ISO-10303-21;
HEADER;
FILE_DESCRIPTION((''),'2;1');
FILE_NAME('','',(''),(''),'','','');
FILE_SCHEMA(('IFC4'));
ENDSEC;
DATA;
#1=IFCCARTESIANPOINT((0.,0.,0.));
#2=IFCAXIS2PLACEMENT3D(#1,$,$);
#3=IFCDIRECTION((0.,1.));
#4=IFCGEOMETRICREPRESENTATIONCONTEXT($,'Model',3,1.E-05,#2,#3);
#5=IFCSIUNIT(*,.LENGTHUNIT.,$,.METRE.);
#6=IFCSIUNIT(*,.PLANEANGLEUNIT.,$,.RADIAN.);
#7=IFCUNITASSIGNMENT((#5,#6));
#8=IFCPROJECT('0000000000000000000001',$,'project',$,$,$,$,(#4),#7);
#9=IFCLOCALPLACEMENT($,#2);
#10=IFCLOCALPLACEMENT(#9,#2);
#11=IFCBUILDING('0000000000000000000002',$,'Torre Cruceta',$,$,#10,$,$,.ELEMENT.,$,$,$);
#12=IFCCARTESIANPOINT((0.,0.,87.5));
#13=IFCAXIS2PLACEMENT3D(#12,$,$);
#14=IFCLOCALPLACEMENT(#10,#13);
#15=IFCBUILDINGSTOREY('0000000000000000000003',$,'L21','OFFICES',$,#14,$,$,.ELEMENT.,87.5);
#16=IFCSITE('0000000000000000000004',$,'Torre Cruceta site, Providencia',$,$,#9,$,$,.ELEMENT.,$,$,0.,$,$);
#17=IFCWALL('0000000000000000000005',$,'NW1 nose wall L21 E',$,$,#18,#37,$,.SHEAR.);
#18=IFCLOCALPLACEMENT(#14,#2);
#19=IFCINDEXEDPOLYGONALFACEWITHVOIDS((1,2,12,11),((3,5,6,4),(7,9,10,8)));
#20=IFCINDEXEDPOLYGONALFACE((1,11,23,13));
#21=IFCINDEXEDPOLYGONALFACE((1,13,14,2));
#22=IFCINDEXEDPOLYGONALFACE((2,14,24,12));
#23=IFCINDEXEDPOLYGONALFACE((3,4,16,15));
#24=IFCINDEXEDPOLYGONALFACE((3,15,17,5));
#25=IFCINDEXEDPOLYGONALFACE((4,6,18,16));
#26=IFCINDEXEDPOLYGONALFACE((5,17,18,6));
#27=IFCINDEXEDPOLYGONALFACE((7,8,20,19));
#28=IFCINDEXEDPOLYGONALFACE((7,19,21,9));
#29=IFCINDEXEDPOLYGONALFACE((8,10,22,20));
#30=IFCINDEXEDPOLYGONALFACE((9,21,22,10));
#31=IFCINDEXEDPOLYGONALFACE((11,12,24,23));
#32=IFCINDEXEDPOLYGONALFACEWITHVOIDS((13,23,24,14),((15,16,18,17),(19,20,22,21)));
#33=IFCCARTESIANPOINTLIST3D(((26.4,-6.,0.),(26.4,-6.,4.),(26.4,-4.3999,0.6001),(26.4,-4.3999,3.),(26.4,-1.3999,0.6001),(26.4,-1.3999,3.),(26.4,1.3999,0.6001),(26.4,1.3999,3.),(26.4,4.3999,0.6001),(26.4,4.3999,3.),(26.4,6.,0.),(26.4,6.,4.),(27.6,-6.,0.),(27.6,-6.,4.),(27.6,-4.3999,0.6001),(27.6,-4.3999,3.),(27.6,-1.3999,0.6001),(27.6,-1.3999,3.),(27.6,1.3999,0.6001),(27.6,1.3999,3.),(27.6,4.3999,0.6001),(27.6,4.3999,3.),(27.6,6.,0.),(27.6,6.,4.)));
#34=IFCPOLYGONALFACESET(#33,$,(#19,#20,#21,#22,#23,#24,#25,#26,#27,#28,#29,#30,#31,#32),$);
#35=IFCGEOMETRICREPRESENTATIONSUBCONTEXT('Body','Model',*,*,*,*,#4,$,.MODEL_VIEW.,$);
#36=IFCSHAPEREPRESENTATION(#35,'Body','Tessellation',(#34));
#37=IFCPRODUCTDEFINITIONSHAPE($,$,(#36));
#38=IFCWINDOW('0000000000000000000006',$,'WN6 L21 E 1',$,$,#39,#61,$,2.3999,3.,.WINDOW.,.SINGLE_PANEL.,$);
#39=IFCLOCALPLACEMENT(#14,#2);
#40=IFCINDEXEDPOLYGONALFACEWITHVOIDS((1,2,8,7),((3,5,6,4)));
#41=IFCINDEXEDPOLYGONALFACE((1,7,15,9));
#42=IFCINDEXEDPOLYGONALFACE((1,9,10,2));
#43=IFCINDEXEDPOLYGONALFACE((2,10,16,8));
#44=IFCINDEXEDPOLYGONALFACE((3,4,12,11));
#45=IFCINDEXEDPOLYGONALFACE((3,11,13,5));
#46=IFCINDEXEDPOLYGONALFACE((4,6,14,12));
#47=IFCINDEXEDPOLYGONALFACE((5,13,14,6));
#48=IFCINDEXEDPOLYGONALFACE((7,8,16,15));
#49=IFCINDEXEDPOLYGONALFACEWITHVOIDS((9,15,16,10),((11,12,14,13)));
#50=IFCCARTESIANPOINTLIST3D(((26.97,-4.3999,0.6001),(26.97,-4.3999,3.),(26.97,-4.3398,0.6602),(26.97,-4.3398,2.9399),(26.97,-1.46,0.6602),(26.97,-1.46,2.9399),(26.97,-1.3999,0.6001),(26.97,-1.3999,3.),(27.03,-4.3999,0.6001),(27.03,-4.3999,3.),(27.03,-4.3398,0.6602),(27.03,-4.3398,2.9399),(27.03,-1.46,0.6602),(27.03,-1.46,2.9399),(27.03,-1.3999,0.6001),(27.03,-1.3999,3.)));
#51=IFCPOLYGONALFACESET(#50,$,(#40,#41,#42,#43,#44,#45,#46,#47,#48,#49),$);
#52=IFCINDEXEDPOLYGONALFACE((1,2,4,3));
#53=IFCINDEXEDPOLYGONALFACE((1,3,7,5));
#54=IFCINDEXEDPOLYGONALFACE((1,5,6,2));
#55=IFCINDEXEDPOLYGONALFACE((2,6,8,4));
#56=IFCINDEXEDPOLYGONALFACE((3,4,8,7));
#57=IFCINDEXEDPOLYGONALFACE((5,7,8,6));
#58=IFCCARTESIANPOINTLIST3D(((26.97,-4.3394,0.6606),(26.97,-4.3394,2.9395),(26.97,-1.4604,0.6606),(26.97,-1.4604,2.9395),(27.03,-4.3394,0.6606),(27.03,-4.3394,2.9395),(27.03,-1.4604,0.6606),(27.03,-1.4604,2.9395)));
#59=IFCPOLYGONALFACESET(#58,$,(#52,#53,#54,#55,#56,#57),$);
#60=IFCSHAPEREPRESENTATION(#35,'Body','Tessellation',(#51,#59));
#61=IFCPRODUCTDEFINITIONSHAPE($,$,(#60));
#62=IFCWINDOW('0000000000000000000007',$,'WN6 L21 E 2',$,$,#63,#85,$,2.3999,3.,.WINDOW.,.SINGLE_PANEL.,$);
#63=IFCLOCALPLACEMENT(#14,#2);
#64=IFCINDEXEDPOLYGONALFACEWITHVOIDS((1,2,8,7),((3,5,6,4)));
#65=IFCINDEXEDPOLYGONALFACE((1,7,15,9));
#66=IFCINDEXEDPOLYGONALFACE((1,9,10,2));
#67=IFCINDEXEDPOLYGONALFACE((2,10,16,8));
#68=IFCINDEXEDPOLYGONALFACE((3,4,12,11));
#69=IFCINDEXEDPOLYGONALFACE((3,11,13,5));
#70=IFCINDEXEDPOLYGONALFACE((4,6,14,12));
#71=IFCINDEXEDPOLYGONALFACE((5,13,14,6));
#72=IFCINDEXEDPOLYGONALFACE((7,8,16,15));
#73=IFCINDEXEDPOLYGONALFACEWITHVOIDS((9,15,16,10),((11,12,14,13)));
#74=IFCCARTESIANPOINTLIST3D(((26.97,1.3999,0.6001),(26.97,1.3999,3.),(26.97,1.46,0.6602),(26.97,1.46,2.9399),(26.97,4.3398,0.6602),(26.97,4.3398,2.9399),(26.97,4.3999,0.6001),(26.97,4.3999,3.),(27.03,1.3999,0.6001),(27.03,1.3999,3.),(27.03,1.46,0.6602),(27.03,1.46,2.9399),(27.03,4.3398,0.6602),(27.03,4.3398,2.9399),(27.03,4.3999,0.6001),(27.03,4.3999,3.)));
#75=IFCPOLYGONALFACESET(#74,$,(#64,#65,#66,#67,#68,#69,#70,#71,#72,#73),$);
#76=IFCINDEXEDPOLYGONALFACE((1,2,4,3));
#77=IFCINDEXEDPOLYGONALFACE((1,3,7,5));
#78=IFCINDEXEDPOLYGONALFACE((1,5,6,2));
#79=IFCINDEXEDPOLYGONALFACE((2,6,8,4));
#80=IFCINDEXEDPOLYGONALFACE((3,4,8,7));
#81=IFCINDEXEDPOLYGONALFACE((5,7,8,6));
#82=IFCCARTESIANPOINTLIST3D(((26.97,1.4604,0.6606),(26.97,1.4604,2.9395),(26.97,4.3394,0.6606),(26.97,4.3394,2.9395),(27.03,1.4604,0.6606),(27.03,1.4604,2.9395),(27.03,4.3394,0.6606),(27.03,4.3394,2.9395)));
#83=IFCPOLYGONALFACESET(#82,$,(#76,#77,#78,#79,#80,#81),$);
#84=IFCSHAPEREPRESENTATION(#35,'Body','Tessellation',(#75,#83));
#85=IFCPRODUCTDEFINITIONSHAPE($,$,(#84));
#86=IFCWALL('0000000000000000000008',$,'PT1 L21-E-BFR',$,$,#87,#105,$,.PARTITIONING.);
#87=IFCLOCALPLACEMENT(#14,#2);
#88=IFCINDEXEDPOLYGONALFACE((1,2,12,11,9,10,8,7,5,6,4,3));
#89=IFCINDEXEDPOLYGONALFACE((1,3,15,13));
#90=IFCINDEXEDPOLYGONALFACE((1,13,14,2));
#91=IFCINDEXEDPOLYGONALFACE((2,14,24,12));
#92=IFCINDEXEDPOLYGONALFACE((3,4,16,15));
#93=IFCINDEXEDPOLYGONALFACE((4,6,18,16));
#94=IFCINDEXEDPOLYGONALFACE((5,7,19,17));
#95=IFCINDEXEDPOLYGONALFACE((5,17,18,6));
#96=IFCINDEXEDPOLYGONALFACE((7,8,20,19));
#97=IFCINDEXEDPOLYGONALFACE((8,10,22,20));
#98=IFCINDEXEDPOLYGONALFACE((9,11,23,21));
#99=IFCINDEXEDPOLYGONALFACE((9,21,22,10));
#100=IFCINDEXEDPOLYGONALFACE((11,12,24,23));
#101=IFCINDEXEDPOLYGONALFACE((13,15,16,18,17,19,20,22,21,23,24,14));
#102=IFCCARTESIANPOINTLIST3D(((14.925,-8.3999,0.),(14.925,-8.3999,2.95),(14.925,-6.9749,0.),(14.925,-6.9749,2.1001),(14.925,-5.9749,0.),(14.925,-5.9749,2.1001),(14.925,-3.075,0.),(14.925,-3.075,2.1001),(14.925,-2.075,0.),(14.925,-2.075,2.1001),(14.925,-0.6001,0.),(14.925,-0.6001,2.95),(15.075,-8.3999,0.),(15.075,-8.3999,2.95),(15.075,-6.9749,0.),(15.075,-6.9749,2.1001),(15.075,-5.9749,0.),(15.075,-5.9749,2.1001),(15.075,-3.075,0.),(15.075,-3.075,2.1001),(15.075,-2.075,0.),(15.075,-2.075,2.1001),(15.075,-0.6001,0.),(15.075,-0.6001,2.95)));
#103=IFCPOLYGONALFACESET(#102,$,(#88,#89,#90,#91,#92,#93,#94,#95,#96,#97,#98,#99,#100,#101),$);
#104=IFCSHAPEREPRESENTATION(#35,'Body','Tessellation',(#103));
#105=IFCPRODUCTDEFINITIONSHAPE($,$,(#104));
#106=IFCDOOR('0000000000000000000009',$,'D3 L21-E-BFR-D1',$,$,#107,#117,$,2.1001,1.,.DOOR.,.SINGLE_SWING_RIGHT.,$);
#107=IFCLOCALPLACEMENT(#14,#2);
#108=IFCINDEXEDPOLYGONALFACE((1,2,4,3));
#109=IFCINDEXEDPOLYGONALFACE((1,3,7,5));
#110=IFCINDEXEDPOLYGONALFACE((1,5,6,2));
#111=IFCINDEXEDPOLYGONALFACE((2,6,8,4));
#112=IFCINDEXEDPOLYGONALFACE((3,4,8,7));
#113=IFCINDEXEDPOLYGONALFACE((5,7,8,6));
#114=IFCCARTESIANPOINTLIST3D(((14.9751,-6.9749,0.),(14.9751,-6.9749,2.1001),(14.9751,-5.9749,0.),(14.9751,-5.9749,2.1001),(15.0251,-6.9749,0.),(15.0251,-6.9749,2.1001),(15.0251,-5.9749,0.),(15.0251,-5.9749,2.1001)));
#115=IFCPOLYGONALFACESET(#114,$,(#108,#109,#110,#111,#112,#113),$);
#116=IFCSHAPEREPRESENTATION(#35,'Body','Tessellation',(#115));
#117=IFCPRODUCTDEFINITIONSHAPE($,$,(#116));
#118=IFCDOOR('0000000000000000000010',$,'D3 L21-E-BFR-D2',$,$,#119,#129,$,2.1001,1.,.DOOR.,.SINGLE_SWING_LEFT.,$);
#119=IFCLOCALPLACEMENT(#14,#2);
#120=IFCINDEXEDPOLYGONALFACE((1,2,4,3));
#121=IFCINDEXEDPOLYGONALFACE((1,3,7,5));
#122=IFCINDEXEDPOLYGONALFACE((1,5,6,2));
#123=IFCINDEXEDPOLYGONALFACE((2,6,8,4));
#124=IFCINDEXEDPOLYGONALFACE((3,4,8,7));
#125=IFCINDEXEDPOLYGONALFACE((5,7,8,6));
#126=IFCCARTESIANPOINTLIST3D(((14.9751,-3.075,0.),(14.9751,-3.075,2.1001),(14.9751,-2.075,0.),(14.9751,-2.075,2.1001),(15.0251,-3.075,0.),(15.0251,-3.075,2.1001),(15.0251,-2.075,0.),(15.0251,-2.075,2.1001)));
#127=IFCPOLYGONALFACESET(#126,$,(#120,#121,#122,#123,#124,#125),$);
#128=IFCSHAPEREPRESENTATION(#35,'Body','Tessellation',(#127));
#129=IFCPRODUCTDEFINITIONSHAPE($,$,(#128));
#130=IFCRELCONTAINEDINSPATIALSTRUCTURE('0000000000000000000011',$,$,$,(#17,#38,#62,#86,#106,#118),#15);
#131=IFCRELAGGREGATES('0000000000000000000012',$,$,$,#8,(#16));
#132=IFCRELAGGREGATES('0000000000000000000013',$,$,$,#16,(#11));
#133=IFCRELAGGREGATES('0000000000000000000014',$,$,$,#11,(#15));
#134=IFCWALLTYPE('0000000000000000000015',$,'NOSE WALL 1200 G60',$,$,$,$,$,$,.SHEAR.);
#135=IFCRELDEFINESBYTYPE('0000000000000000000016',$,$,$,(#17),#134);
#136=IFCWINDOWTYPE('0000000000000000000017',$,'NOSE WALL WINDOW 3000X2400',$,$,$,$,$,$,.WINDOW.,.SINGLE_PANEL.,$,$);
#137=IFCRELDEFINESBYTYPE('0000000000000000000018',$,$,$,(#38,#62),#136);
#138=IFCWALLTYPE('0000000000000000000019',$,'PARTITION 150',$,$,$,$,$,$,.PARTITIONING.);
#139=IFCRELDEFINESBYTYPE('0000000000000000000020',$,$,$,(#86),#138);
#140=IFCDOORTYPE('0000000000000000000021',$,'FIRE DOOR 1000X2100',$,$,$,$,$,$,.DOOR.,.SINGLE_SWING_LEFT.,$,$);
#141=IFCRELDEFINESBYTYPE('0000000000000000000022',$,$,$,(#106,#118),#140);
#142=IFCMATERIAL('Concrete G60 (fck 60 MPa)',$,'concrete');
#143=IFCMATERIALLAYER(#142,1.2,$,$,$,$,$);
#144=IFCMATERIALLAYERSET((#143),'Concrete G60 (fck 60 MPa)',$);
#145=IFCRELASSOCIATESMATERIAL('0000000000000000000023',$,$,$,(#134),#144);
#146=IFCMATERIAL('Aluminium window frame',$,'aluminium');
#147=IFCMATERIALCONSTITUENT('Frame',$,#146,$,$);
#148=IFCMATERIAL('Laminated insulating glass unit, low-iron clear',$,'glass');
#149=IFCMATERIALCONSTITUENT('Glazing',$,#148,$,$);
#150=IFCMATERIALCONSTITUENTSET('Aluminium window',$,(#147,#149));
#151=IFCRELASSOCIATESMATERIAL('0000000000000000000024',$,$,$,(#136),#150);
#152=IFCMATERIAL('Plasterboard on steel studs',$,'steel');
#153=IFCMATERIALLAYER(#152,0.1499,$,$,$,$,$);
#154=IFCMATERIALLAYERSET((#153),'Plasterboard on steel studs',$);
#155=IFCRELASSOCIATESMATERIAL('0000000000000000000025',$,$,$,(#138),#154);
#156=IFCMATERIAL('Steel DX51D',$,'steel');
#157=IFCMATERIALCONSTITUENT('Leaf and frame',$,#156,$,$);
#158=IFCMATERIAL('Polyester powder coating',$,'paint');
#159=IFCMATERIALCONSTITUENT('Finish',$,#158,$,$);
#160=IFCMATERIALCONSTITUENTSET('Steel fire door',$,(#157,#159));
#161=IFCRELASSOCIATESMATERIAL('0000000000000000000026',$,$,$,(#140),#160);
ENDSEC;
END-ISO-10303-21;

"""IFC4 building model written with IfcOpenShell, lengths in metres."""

from ifc_helpers import new_model, si_unit, direction, frame, frame_2d, origin, place, context, subcontext, project, spatial, rectangle, hollow_rectangle, extrude, material, layer, layer_set, constituent, constituent_set, type_object, element, fill, save


model = new_model("IFC4")

# Units and contexts
model_context = context("Model", 3, precision=1e-05, world=origin(), true_north=direction((0.0, 1.0)))
body_context = subcontext(model_context, "Body", "Model", "MODEL_VIEW")
ifc_project = project(units=[si_unit("LENGTHUNIT", "METRE"), si_unit("PLANEANGLEUNIT", "RADIAN")], contexts=[model_context])

# Site, building, storey
site_placement = place(None, origin())
site = spatial("IfcSite", under=ifc_project, at=site_placement, Name="Torre Cruceta site, Providencia", CompositionType="ELEMENT", RefElevation=0.0)
building_placement = place(site_placement, origin())
building = spatial("IfcBuilding", under=site, at=building_placement, Name="Torre Cruceta", CompositionType="ELEMENT")
storey_placement = place(building_placement, frame((0.0, 0.0, 87.5)))
storey = spatial("IfcBuildingStorey", under=building, at=storey_placement, Name="L21", Description="OFFICES", CompositionType="ELEMENT", Elevation=87.5)

# Wall, openings, windows
ifc_material_1 = material(Name="Concrete G60 (fck 60 MPa)", Category="concrete")
ifc_layer_1 = layer(ifc_material_1, 1.2)
ifc_layer_set_1 = layer_set([ifc_layer_1], Name="Concrete G60 (fck 60 MPa)")
wall_type_1 = type_object("IfcWallType", Name="NOSE WALL 1200 G60", PredefinedType="SHEAR", material=ifc_layer_set_1)
wall_1_placement = place(storey_placement, frame((27.0, -6.0, 0.0), z_axis=(0.0, 0.0, 1.0), x_axis=(0.0, 1.0, 0.0)))
wall_1 = element("IfcWall", 1, at=wall_1_placement, inside=storey, type_object=wall_type_1, Name="NW1 nose wall L21 E", PredefinedType="SHEAR", context=body_context, shape_type="SweptSolid", body=[
    extrude(rectangle(XDim=12.0, YDim=1.2, at=frame_2d((6.0, 0.0))), origin(), (0.0, 0.0, 1.0), 4.0),
])
opening_1_placement = place(wall_1_placement, frame((1.6001, 0.0, 0.6001)))
opening_1 = element("IfcOpeningElement", 2, at=opening_1_placement, cuts=wall_1, PredefinedType="OPENING", context=body_context, shape_type="SweptSolid", body=[
    extrude(rectangle(XDim=3.0, YDim=2.3999, at=frame_2d((1.5, 1.2))), frame((0.0, 0.6099, 0.0), z_axis=(0.0, -1.0, 0.0), x_axis=(1.0, 0.0, 0.0)), (0.0, 0.0, 1.0), 1.22),
])
opening_2_placement = place(wall_1_placement, frame((7.3999, 0.0, 0.6001)))
opening_2 = element("IfcOpeningElement", 3, at=opening_2_placement, cuts=wall_1, PredefinedType="OPENING", context=body_context, shape_type="SweptSolid", body=[
    extrude(rectangle(XDim=3.0, YDim=2.3999, at=frame_2d((1.5, 1.2))), frame((0.0, 0.6099, 0.0), z_axis=(0.0, -1.0, 0.0), x_axis=(1.0, 0.0, 0.0)), (0.0, 0.0, 1.0), 1.22),
])
ifc_material_2 = material(Name="Aluminium window frame", Category="aluminium")
ifc_constituent_1 = constituent(ifc_material_2, Name="Frame")
ifc_material_3 = material(Name="Laminated insulating glass unit, low-iron clear", Category="glass")
ifc_constituent_2 = constituent(ifc_material_3, Name="Glazing")
ifc_constituent_set_1 = constituent_set(constituents=[ifc_constituent_1, ifc_constituent_2], Name="Aluminium window")
window_type = type_object("IfcWindowType", Name="NOSE WALL WINDOW 3000X2400", PartitioningType="SINGLE_PANEL", PredefinedType="WINDOW", material=ifc_constituent_set_1)
window_1_placement = place(opening_1_placement, origin())
window_1 = element("IfcWindow", 4, at=window_1_placement, inside=storey, type_object=window_type, Name="WN6 L21 E 1", OverallHeight=2.3999, OverallWidth=3.0, PartitioningType="SINGLE_PANEL", PredefinedType="WINDOW", context=body_context, shape_type="SweptSolid", body=[
    extrude(hollow_rectangle(XDim=3.0, YDim=2.3999, WallThickness=0.0601, at=frame_2d((1.5, 1.2))), frame((0.0, 0.03, 0.0), z_axis=(0.0, -1.0, 0.0), x_axis=(1.0, 0.0, 0.0)), (0.0, 0.0, 1.0), 0.0601),
    extrude(rectangle(XDim=2.8789, YDim=2.2788, at=frame_2d((1.5, 1.2))), frame((0.0, 0.03, 0.0), z_axis=(0.0, -1.0, 0.0), x_axis=(1.0, 0.0, 0.0)), (0.0, 0.0, 1.0), 0.0601),
])
fill(opening_1, window_1)
window_2_placement = place(opening_2_placement, origin())
window_2 = element("IfcWindow", 5, at=window_2_placement, inside=storey, type_object=window_type, Name="WN6 L21 E 2", OverallHeight=2.3999, OverallWidth=3.0, PartitioningType="SINGLE_PANEL", PredefinedType="WINDOW", context=body_context, shape_type="SweptSolid", body=[
    extrude(hollow_rectangle(XDim=3.0, YDim=2.3999, WallThickness=0.0601, at=frame_2d((1.5, 1.2))), frame((0.0, 0.03, 0.0), z_axis=(0.0, -1.0, 0.0), x_axis=(1.0, 0.0, 0.0)), (0.0, 0.0, 1.0), 0.0601),
    extrude(rectangle(XDim=2.8789, YDim=2.2788, at=frame_2d((1.5, 1.2))), frame((0.0, 0.03, 0.0), z_axis=(0.0, -1.0, 0.0), x_axis=(1.0, 0.0, 0.0)), (0.0, 0.0, 1.0), 0.0601),
])
fill(opening_2, window_2)

# Wall, openings, doors
ifc_material_4 = material(Name="Plasterboard on steel studs", Category="steel")
ifc_layer_2 = layer(ifc_material_4, 0.1499)
ifc_layer_set_2 = layer_set([ifc_layer_2], Name="Plasterboard on steel studs")
wall_type_2 = type_object("IfcWallType", Name="PARTITION 150", PredefinedType="PARTITIONING", material=ifc_layer_set_2)
wall_2_placement = place(storey_placement, frame((15.0, -8.3999, 0.0), z_axis=(0.0, 0.0, 1.0), x_axis=(0.0, 1.0, 0.0)))
wall_2 = element("IfcWall", 6, at=wall_2_placement, inside=storey, type_object=wall_type_2, Name="PT1 L21-E-BFR", PredefinedType="PARTITIONING", context=body_context, shape_type="SweptSolid", body=[
    extrude(rectangle(XDim=7.7998, YDim=0.1499, at=frame_2d((3.8999, 0.0))), origin(), (0.0, 0.0, 1.0), 2.95),
])
opening_3_placement = place(wall_2_placement, frame((1.425, 0.0, 0.0)))
opening_3 = element("IfcOpeningElement", 7, at=opening_3_placement, cuts=wall_2, PredefinedType="OPENING", context=body_context, shape_type="SweptSolid", body=[
    extrude(rectangle(XDim=1.0, YDim=2.1001, at=frame_2d((0.5, 1.05))), frame((0.0, 0.085, 0.0), z_axis=(0.0, -1.0, 0.0), x_axis=(1.0, 0.0, 0.0)), (0.0, 0.0, 1.0), 0.1699),
])
opening_4_placement = place(wall_2_placement, frame((5.325, 0.0, 0.0)))
opening_4 = element("IfcOpeningElement", 8, at=opening_4_placement, cuts=wall_2, PredefinedType="OPENING", context=body_context, shape_type="SweptSolid", body=[
    extrude(rectangle(XDim=1.0, YDim=2.1001, at=frame_2d((0.5, 1.05))), frame((0.0, 0.085, 0.0), z_axis=(0.0, -1.0, 0.0), x_axis=(1.0, 0.0, 0.0)), (0.0, 0.0, 1.0), 0.1699),
])
ifc_material_5 = material(Name="Steel DX51D", Category="steel")
ifc_constituent_3 = constituent(ifc_material_5, Name="Leaf and frame")
ifc_material_6 = material(Name="Polyester powder coating", Category="paint")
ifc_constituent_4 = constituent(ifc_material_6, Name="Finish")
ifc_constituent_set_2 = constituent_set(constituents=[ifc_constituent_3, ifc_constituent_4], Name="Steel fire door")
door_type = type_object("IfcDoorType", Name="FIRE DOOR 1000X2100", OperationType="SINGLE_SWING_LEFT", PredefinedType="DOOR", material=ifc_constituent_set_2)
door_1_placement = place(opening_3_placement, origin())
door_1 = element("IfcDoor", 9, at=door_1_placement, inside=storey, type_object=door_type, Name="D3 L21-E-BFR-D1", OperationType="SINGLE_SWING_RIGHT", OverallHeight=2.1001, OverallWidth=1.0, PredefinedType="DOOR", context=body_context, shape_type="SweptSolid", body=[
    extrude(rectangle(XDim=1.0, YDim=2.1001, at=frame_2d((0.5, 1.05))), frame((0.0, 0.0249, 0.0), z_axis=(0.0, -1.0, 0.0), x_axis=(1.0, 0.0, 0.0)), (0.0, 0.0, 1.0), 0.05),
])
fill(opening_3, door_1)
door_2_placement = place(opening_4_placement, origin())
door_2 = element("IfcDoor", 10, at=door_2_placement, inside=storey, type_object=door_type, Name="D3 L21-E-BFR-D2", OperationType="SINGLE_SWING_LEFT", OverallHeight=2.1001, OverallWidth=1.0, PredefinedType="DOOR", context=body_context, shape_type="SweptSolid", body=[
    extrude(rectangle(XDim=1.0, YDim=2.1001, at=frame_2d((0.5, 1.05))), frame((0.0, 0.0249, 0.0), z_axis=(0.0, -1.0, 0.0), x_axis=(1.0, 0.0, 0.0)), (0.0, 0.0, 1.0), 0.05),
])
fill(opening_4, door_2)

save(model, "model.ifc")
